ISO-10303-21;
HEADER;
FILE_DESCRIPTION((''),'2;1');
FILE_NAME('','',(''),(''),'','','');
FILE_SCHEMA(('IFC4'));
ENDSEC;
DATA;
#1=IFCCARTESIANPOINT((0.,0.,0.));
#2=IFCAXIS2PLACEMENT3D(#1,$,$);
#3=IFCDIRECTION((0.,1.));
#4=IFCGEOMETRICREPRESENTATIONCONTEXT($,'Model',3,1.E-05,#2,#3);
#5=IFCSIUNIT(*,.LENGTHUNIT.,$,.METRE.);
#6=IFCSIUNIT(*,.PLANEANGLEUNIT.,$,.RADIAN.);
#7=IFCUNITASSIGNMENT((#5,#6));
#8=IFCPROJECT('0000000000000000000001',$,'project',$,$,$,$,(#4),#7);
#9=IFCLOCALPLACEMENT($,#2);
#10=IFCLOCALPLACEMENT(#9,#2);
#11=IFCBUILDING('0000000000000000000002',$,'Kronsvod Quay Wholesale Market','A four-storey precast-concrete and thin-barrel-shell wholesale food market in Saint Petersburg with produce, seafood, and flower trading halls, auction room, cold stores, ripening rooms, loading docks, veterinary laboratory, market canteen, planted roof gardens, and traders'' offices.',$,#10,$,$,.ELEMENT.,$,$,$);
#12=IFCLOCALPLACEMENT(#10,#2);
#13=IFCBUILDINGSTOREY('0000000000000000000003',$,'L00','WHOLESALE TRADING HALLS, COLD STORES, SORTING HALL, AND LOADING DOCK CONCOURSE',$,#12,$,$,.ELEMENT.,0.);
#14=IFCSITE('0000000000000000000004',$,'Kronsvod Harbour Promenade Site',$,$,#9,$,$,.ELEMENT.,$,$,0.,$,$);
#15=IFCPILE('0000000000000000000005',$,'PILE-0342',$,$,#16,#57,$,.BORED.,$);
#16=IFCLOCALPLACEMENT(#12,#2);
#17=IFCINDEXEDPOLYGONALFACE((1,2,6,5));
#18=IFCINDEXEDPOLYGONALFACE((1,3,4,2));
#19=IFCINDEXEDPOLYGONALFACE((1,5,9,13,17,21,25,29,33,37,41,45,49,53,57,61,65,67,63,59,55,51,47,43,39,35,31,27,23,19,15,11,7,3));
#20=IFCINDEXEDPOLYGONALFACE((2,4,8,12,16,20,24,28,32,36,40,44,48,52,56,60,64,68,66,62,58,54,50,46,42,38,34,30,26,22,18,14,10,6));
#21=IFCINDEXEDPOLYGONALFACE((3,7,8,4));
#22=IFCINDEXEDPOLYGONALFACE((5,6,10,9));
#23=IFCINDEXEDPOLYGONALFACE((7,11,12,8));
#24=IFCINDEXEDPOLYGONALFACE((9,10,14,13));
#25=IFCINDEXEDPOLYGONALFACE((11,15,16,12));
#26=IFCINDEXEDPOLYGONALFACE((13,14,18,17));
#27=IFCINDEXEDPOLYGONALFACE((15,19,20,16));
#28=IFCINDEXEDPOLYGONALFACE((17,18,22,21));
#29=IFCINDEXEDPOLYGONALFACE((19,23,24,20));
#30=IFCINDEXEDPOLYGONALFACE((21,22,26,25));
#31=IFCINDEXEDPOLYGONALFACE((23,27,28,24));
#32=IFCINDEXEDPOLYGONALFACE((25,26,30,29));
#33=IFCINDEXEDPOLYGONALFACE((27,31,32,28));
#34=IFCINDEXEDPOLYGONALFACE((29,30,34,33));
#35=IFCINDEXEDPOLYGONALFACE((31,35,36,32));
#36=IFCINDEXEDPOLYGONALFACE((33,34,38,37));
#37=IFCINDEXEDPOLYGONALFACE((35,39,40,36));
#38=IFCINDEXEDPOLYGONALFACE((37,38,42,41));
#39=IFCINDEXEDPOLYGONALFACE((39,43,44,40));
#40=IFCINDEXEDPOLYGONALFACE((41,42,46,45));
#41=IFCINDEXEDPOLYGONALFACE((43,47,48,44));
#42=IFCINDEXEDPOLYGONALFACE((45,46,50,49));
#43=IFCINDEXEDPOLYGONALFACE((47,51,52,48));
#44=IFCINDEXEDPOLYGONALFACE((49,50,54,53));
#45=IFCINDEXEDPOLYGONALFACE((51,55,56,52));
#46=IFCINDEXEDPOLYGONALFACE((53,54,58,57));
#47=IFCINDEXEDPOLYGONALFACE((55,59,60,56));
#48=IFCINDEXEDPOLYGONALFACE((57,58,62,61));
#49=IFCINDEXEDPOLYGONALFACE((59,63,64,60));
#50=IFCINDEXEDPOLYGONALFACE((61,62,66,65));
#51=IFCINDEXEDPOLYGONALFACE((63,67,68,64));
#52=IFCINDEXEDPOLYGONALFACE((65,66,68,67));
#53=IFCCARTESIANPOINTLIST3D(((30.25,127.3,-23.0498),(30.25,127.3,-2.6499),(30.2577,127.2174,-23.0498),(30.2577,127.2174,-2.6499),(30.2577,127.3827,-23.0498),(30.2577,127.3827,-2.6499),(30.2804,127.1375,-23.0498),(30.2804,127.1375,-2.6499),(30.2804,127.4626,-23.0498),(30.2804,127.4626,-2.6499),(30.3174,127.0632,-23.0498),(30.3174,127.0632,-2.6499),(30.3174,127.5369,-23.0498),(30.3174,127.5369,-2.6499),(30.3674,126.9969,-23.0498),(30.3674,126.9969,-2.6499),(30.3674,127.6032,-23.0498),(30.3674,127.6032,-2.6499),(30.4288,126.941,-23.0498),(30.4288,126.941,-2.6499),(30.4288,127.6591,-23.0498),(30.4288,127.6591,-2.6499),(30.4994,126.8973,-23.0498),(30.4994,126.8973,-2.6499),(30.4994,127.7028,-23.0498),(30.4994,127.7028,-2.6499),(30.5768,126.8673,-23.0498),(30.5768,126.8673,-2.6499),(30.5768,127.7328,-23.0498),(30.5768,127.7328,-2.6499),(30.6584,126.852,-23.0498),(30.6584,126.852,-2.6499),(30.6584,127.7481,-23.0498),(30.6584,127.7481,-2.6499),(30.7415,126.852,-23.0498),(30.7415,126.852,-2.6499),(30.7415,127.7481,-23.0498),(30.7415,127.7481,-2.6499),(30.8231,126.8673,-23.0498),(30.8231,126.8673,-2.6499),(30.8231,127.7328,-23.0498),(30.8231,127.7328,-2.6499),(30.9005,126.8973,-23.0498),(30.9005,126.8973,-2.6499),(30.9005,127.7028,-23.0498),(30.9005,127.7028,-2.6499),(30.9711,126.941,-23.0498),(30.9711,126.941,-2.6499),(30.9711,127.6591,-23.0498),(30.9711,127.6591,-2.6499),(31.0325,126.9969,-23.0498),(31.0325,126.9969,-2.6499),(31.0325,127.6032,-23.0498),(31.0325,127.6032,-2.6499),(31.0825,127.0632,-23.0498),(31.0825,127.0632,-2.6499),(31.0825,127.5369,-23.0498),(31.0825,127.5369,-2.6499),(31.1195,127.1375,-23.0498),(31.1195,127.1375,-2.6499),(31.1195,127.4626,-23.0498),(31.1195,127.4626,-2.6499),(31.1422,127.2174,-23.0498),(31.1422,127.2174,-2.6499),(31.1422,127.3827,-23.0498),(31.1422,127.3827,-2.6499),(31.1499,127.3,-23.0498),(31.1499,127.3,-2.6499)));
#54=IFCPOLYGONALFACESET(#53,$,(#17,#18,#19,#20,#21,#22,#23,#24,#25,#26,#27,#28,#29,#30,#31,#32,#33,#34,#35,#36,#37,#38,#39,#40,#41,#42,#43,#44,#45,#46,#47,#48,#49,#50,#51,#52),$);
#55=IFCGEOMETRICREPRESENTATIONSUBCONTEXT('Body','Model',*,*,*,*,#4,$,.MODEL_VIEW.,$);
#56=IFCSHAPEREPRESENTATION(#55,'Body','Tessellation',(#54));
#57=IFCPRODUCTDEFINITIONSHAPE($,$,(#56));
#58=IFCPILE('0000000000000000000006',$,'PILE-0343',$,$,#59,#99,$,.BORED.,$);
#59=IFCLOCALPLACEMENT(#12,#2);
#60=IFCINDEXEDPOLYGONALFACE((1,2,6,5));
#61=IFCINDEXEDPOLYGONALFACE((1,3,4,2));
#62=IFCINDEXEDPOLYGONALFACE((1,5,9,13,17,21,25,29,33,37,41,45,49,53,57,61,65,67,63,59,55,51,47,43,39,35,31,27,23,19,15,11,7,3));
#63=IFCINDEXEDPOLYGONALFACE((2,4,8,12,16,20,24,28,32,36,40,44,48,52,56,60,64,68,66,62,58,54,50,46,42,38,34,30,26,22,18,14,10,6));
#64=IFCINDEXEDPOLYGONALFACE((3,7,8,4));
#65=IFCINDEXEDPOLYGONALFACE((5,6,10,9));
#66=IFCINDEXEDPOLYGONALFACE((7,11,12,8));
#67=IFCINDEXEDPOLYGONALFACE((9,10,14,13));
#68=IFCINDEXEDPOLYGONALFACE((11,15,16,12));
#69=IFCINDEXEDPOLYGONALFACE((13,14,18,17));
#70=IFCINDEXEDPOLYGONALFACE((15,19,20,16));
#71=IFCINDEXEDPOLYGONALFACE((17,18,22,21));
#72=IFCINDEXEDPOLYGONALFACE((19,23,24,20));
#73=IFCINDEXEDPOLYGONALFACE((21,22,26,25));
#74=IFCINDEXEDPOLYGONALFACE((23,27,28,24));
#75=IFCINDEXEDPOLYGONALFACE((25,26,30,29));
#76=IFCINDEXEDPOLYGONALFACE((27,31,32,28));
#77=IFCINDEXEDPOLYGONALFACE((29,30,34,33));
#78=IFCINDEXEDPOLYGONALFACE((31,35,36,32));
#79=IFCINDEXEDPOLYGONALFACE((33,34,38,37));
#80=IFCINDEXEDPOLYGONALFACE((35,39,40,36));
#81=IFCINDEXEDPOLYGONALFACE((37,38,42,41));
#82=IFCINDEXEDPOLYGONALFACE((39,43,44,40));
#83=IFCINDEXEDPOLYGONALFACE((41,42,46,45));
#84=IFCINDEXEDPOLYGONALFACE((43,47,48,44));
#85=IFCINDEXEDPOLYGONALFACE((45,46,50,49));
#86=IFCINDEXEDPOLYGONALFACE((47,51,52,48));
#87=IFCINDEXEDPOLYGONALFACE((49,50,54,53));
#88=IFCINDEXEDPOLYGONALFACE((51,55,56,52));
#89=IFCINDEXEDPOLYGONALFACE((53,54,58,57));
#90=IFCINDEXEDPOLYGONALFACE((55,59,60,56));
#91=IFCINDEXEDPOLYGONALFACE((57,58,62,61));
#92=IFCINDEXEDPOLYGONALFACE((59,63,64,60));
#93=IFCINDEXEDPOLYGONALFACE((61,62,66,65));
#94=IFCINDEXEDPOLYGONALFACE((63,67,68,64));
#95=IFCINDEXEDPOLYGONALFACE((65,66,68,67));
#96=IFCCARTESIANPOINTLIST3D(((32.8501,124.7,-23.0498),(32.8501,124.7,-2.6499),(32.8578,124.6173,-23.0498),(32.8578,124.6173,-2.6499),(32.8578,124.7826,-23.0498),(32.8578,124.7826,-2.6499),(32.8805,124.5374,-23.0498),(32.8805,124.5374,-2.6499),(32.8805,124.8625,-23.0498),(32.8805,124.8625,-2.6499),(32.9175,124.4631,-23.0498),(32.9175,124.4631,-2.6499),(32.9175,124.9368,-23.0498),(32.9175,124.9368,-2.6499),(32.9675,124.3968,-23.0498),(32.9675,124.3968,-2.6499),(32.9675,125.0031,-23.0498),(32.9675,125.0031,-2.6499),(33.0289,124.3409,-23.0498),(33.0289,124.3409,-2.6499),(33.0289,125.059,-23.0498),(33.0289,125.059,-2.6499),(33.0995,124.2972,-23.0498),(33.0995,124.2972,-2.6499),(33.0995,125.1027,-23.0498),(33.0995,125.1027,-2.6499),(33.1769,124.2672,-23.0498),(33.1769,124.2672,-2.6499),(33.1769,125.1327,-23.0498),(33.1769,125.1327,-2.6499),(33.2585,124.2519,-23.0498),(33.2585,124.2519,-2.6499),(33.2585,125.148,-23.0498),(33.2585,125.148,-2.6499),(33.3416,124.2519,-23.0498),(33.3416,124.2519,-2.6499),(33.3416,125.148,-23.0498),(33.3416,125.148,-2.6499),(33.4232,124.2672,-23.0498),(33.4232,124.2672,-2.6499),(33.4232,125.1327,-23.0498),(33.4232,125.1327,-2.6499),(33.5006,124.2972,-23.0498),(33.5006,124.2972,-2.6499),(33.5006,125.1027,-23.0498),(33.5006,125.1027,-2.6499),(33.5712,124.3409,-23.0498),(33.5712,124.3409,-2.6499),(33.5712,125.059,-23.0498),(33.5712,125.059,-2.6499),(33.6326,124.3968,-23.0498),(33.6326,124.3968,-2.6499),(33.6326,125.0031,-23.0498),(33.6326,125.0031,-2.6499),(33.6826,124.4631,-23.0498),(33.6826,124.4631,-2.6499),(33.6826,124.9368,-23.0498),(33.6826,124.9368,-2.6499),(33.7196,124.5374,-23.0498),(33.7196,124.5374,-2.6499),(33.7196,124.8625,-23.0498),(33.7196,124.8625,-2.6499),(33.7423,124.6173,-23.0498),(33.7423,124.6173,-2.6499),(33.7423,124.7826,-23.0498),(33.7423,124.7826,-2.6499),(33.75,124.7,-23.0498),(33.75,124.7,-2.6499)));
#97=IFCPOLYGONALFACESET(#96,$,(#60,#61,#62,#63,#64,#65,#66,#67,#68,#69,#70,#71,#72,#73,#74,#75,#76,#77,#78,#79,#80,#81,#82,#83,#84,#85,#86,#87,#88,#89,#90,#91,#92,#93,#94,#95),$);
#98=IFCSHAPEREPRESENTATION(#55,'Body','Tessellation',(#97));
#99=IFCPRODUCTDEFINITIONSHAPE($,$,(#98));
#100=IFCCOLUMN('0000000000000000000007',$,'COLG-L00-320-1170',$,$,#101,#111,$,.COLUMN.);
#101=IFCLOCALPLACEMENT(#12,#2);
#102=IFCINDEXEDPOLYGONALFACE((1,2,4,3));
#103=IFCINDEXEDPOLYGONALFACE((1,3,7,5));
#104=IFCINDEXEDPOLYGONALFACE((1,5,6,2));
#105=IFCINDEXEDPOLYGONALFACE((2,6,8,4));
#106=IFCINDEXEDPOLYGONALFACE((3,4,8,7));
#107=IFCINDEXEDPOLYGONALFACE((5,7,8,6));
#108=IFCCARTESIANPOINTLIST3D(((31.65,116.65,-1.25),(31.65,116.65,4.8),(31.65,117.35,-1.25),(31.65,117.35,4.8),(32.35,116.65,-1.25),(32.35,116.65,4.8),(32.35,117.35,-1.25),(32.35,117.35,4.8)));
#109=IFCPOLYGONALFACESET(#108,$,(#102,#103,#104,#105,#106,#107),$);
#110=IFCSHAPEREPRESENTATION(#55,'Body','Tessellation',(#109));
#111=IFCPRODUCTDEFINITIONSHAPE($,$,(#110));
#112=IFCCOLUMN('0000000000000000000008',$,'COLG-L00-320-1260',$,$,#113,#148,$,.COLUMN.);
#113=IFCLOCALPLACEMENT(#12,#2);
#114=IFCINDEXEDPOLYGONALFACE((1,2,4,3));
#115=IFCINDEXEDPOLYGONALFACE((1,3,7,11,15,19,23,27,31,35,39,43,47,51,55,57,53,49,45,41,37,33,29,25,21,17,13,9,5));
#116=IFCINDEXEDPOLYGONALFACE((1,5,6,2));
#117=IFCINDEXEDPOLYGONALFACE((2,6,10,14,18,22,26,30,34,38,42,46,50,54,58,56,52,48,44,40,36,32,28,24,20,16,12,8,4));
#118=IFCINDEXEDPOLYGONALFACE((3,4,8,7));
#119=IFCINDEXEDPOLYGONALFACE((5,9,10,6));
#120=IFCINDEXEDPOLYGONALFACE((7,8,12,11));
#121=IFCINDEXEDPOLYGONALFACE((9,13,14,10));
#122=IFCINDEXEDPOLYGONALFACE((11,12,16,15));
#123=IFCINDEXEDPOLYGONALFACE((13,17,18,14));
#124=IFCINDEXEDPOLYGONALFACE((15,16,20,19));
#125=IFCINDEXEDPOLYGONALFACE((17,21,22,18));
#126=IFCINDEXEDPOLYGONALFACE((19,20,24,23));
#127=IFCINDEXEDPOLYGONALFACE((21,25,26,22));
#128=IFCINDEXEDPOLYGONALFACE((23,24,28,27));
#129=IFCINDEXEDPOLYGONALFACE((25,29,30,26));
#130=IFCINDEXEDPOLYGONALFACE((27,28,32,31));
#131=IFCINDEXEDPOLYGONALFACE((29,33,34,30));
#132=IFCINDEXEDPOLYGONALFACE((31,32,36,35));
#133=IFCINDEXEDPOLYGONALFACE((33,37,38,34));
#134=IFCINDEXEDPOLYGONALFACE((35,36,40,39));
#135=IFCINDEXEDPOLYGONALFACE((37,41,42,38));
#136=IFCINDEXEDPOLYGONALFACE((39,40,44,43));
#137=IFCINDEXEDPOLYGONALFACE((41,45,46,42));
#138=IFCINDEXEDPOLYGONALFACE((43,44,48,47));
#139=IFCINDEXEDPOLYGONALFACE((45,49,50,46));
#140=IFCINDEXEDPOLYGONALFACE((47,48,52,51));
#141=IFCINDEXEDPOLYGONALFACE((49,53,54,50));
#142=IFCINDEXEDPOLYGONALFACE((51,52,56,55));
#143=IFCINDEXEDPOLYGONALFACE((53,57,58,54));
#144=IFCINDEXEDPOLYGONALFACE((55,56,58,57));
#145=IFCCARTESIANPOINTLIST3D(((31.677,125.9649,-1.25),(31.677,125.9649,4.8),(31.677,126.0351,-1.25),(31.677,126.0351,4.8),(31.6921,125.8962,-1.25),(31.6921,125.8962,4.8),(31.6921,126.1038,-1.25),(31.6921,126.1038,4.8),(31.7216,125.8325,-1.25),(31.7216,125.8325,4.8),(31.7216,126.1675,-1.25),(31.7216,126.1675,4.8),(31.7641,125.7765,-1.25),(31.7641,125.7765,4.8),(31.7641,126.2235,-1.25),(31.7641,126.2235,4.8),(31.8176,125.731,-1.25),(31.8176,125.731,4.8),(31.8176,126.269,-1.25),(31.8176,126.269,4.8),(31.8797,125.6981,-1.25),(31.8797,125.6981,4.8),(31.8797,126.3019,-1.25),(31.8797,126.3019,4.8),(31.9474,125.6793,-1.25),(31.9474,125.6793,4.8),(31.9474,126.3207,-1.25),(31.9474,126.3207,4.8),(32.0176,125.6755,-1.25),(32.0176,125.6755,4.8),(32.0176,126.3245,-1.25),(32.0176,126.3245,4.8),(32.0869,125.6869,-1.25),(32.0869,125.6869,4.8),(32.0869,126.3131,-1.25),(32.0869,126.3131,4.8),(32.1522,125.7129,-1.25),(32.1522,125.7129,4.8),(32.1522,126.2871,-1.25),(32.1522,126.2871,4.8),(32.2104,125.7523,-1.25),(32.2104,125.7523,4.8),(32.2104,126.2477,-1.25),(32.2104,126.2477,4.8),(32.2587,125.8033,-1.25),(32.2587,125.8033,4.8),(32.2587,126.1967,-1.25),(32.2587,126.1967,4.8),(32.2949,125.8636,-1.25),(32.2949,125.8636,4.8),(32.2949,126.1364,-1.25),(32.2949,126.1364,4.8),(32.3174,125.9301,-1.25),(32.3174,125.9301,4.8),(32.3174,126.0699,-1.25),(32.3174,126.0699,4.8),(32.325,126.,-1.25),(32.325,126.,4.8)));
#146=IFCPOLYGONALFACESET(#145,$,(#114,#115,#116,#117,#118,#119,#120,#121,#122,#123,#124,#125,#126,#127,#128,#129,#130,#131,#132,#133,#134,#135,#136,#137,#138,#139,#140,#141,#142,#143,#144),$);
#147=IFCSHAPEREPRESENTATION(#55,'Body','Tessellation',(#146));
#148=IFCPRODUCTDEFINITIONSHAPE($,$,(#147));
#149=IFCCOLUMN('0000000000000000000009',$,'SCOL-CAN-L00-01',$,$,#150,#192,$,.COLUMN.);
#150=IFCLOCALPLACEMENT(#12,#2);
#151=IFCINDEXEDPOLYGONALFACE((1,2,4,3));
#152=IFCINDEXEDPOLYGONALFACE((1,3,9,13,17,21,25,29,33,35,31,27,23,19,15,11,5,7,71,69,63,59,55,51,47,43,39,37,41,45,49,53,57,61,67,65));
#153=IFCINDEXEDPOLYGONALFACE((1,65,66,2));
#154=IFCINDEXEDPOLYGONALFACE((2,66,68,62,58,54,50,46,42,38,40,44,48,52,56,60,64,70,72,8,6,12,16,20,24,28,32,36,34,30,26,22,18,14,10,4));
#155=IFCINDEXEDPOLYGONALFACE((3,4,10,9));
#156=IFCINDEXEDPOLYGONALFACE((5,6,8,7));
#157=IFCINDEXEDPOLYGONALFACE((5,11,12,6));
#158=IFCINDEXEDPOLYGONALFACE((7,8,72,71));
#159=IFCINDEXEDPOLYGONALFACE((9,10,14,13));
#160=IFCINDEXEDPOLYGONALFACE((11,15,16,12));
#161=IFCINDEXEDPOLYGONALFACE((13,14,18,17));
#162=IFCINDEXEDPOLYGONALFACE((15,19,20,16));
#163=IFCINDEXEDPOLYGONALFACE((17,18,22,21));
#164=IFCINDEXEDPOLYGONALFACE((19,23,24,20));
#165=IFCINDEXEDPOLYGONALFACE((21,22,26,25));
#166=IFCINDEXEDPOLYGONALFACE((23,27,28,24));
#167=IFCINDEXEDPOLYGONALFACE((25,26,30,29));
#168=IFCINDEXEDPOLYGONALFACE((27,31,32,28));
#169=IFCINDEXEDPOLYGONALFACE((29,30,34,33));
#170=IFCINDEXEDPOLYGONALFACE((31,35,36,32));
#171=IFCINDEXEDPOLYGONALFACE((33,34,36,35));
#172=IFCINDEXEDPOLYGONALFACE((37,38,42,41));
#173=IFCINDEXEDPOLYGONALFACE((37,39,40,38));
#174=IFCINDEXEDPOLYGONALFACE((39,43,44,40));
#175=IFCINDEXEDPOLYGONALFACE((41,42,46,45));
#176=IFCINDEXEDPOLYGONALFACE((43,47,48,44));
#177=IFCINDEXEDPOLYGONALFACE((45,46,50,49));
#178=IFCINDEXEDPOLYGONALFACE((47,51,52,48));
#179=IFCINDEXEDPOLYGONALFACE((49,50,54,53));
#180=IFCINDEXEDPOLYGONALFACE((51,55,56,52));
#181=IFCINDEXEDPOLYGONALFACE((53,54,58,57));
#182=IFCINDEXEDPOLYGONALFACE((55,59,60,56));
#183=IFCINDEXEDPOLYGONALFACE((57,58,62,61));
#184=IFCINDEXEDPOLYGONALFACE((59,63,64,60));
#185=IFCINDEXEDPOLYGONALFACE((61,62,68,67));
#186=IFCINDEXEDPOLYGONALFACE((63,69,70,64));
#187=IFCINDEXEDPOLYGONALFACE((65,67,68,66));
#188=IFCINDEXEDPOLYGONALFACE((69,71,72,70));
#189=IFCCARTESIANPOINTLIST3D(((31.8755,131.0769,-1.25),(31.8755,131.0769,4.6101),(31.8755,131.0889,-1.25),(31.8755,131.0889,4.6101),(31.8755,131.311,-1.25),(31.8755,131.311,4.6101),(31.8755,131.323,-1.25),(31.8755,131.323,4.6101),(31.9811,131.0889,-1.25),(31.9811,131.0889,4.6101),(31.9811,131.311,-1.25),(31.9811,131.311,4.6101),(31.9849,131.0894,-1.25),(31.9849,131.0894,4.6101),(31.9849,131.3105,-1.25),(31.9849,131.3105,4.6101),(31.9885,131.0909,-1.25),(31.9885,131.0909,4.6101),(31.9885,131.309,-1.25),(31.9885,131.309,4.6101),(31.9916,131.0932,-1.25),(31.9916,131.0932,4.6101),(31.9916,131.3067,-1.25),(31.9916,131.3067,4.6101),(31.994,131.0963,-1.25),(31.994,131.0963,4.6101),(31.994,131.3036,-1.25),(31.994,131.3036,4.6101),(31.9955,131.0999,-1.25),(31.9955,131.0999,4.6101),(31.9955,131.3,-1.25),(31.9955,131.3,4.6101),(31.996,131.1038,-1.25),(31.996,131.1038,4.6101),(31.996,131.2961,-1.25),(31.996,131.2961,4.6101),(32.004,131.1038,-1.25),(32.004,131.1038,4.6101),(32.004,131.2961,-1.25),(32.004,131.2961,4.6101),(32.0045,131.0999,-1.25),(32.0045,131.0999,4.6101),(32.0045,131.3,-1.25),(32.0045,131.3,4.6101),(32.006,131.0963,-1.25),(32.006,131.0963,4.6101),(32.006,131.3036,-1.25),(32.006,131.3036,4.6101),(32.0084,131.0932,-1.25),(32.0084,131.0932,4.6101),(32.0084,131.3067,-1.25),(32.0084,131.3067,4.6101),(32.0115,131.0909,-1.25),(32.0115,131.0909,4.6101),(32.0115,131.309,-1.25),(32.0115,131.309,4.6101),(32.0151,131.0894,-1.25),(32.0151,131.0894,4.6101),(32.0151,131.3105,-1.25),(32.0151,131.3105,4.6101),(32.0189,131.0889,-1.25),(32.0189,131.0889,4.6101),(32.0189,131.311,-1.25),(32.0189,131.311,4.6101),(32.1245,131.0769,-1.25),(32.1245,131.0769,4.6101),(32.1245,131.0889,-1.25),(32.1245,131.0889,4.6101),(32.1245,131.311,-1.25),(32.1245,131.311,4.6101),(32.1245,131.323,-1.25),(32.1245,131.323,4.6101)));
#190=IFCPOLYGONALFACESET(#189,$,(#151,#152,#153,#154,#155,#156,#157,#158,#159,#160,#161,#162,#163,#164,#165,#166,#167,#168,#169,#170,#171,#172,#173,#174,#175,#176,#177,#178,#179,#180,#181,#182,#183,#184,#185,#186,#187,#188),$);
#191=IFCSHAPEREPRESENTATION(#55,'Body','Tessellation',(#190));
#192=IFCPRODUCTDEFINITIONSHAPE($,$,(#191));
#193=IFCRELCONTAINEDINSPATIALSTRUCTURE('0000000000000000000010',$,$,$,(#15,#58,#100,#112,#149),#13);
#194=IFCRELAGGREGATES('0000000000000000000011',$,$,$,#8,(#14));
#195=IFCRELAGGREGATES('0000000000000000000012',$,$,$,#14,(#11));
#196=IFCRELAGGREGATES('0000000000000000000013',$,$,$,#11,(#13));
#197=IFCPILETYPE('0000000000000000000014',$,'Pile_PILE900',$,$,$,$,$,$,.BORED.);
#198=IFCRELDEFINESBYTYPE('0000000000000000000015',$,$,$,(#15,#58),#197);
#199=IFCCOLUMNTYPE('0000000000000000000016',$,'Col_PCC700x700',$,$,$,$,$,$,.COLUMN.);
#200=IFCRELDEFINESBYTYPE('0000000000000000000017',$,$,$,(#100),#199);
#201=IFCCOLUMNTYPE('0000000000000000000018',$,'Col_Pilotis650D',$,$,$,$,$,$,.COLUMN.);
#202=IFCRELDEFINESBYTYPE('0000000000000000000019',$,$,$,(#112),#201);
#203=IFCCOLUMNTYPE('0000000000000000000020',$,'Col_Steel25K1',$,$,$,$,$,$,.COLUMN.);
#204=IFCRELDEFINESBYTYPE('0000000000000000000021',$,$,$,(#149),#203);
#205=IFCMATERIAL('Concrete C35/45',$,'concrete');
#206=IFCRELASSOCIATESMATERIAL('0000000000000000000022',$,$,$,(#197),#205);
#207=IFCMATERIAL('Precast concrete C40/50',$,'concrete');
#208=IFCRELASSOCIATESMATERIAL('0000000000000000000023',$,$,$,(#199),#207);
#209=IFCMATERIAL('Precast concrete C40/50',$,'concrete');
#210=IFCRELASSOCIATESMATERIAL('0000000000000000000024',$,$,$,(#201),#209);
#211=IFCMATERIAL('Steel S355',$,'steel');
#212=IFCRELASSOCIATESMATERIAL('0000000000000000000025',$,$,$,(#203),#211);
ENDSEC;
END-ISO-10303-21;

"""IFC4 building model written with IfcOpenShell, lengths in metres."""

from ifc_helpers import new_model, si_unit, direction, frame, origin, origin_2d, place, context, subcontext, project, spatial, rectangle, circle, i_section, extrude, material, material_profile, profile_set, type_object, element, save


model = new_model("IFC4")

# Units and contexts
model_context = context("Model", 3, precision=1e-05, world=origin(), true_north=direction((0.0, 1.0)))
body_context = subcontext(model_context, "Body", "Model", "MODEL_VIEW")
ifc_project = project(units=[si_unit("LENGTHUNIT", "METRE"), si_unit("PLANEANGLEUNIT", "RADIAN")], contexts=[model_context])

# Site, building, storey
site_placement = place(None, origin())
site = spatial("IfcSite", under=ifc_project, at=site_placement, Name="Kronsvod Harbour Promenade Site", CompositionType="ELEMENT", RefElevation=0.0)
building_placement = place(site_placement, origin())
building = spatial("IfcBuilding", under=site, at=building_placement, Name="Kronsvod Quay Wholesale Market", Description="A four-storey precast-concrete and thin-barrel-shell wholesale food market in Saint Petersburg with produce, seafood, and flower trading halls, auction room, cold stores, ripening rooms, loading docks, veterinary laboratory, market canteen, planted roof gardens, and traders' offices.", CompositionType="ELEMENT")
storey_placement = place(building_placement, origin())
storey = spatial("IfcBuildingStorey", under=building, at=storey_placement, Name="L00", Description="WHOLESALE TRADING HALLS, COLD STORES, SORTING HALL, AND LOADING DOCK CONCOURSE", CompositionType="ELEMENT", Elevation=0.0)

# Piles
ifc_material_1 = material(Name="Concrete C35/45", Category="concrete")
ifc_material_profile_1 = material_profile(ifc_material_1, circle(Radius=0.45, at=origin_2d()), Name="PILE900")
ifc_profile_set_1 = profile_set([ifc_material_profile_1], Name="Concrete C35/45")
pile_type = type_object("IfcPileType", Name="Pile_PILE900", PredefinedType="BORED", material=ifc_profile_set_1)
for number, where, z_axis, x_axis, name in (
    (1, (30.7, 127.3, -2.6499), (0.0, 0.0, -1.0), (1.0, 0.0, 0.0), "PILE-0342"),
    (2, (33.3, 124.7, -2.6499), (0.0, 0.0, -1.0), (1.0, 0.0, 0.0), "PILE-0343"),
):
    element("IfcPile", number, at=place(storey_placement, frame(where, z_axis=z_axis, x_axis=x_axis)), inside=storey, type_object=pile_type, Name=name, PredefinedType="BORED", context=body_context, shape_type="SweptSolid", body=[
        extrude(circle(Radius=0.45, at=origin_2d()), origin(), (0.0, 0.0, 1.0), 20.3999),
    ])

# Columns
ifc_material_2 = material(Name="Precast concrete C40/50", Category="concrete")
ifc_material_profile_2 = material_profile(ifc_material_2, rectangle(XDim=0.7, YDim=0.7, at=origin_2d()), Name="PCC700x700")
ifc_profile_set_2 = profile_set([ifc_material_profile_2], Name="Precast concrete C40/50")
column_type_1 = type_object("IfcColumnType", Name="Col_PCC700x700", PredefinedType="COLUMN", material=ifc_profile_set_2)
column_1_placement = place(storey_placement, frame((32.0, 117.0, -1.25), z_axis=(0.0, 0.0, 1.0), x_axis=(1.0, 0.0, 0.0)))
element("IfcColumn", 3, at=column_1_placement, inside=storey, type_object=column_type_1, Name="COLG-L00-320-1170", PredefinedType="COLUMN", context=body_context, shape_type="SweptSolid", body=[
    extrude(rectangle(XDim=0.7, YDim=0.7, at=origin_2d()), origin(), (0.0, 0.0, 1.0), 6.05),
])
ifc_material_3 = material(Name="Precast concrete C40/50", Category="concrete")
ifc_material_profile_3 = material_profile(ifc_material_3, circle(Radius=0.325, at=origin_2d()), Name="PCPIL650D")
ifc_profile_set_3 = profile_set([ifc_material_profile_3], Name="Precast concrete C40/50")
column_type_2 = type_object("IfcColumnType", Name="Col_Pilotis650D", PredefinedType="COLUMN", material=ifc_profile_set_3)
column_2_placement = place(storey_placement, frame((32.0, 126.0, -1.25), z_axis=(0.0, 0.0, 1.0), x_axis=(1.0, 0.0, 0.0)))
element("IfcColumn", 4, at=column_2_placement, inside=storey, type_object=column_type_2, Name="COLG-L00-320-1260", PredefinedType="COLUMN", context=body_context, shape_type="SweptSolid", body=[
    extrude(circle(Radius=0.325, at=origin_2d()), origin(), (0.0, 0.0, 1.0), 6.05),
])
ifc_material_4 = material(Name="Steel S355", Category="steel")
ifc_material_profile_4 = material_profile(ifc_material_4, i_section(OverallWidth=0.249, OverallDepth=0.2461, WebThickness=0.0081, FlangeThickness=0.012, FilletRadius=0.0149, at=origin_2d()), Name="25K1")
ifc_profile_set_4 = profile_set([ifc_material_profile_4], Name="Steel S355")
column_type_3 = type_object("IfcColumnType", Name="Col_Steel25K1", PredefinedType="COLUMN", material=ifc_profile_set_4)
column_3_placement = place(storey_placement, frame((32.0, 131.2, -1.25), z_axis=(0.0, 0.0, 1.0), x_axis=(1.0, 0.0, 0.0)))
element("IfcColumn", 5, at=column_3_placement, inside=storey, type_object=column_type_3, Name="SCOL-CAN-L00-01", PredefinedType="COLUMN", context=body_context, shape_type="SweptSolid", body=[
    extrude(i_section(OverallWidth=0.249, OverallDepth=0.2461, WebThickness=0.0081, FlangeThickness=0.012, FilletRadius=0.0149, at=origin_2d()), origin(), (0.0, 0.0, 1.0), 5.8601),
])

save(model, "model.ifc")
